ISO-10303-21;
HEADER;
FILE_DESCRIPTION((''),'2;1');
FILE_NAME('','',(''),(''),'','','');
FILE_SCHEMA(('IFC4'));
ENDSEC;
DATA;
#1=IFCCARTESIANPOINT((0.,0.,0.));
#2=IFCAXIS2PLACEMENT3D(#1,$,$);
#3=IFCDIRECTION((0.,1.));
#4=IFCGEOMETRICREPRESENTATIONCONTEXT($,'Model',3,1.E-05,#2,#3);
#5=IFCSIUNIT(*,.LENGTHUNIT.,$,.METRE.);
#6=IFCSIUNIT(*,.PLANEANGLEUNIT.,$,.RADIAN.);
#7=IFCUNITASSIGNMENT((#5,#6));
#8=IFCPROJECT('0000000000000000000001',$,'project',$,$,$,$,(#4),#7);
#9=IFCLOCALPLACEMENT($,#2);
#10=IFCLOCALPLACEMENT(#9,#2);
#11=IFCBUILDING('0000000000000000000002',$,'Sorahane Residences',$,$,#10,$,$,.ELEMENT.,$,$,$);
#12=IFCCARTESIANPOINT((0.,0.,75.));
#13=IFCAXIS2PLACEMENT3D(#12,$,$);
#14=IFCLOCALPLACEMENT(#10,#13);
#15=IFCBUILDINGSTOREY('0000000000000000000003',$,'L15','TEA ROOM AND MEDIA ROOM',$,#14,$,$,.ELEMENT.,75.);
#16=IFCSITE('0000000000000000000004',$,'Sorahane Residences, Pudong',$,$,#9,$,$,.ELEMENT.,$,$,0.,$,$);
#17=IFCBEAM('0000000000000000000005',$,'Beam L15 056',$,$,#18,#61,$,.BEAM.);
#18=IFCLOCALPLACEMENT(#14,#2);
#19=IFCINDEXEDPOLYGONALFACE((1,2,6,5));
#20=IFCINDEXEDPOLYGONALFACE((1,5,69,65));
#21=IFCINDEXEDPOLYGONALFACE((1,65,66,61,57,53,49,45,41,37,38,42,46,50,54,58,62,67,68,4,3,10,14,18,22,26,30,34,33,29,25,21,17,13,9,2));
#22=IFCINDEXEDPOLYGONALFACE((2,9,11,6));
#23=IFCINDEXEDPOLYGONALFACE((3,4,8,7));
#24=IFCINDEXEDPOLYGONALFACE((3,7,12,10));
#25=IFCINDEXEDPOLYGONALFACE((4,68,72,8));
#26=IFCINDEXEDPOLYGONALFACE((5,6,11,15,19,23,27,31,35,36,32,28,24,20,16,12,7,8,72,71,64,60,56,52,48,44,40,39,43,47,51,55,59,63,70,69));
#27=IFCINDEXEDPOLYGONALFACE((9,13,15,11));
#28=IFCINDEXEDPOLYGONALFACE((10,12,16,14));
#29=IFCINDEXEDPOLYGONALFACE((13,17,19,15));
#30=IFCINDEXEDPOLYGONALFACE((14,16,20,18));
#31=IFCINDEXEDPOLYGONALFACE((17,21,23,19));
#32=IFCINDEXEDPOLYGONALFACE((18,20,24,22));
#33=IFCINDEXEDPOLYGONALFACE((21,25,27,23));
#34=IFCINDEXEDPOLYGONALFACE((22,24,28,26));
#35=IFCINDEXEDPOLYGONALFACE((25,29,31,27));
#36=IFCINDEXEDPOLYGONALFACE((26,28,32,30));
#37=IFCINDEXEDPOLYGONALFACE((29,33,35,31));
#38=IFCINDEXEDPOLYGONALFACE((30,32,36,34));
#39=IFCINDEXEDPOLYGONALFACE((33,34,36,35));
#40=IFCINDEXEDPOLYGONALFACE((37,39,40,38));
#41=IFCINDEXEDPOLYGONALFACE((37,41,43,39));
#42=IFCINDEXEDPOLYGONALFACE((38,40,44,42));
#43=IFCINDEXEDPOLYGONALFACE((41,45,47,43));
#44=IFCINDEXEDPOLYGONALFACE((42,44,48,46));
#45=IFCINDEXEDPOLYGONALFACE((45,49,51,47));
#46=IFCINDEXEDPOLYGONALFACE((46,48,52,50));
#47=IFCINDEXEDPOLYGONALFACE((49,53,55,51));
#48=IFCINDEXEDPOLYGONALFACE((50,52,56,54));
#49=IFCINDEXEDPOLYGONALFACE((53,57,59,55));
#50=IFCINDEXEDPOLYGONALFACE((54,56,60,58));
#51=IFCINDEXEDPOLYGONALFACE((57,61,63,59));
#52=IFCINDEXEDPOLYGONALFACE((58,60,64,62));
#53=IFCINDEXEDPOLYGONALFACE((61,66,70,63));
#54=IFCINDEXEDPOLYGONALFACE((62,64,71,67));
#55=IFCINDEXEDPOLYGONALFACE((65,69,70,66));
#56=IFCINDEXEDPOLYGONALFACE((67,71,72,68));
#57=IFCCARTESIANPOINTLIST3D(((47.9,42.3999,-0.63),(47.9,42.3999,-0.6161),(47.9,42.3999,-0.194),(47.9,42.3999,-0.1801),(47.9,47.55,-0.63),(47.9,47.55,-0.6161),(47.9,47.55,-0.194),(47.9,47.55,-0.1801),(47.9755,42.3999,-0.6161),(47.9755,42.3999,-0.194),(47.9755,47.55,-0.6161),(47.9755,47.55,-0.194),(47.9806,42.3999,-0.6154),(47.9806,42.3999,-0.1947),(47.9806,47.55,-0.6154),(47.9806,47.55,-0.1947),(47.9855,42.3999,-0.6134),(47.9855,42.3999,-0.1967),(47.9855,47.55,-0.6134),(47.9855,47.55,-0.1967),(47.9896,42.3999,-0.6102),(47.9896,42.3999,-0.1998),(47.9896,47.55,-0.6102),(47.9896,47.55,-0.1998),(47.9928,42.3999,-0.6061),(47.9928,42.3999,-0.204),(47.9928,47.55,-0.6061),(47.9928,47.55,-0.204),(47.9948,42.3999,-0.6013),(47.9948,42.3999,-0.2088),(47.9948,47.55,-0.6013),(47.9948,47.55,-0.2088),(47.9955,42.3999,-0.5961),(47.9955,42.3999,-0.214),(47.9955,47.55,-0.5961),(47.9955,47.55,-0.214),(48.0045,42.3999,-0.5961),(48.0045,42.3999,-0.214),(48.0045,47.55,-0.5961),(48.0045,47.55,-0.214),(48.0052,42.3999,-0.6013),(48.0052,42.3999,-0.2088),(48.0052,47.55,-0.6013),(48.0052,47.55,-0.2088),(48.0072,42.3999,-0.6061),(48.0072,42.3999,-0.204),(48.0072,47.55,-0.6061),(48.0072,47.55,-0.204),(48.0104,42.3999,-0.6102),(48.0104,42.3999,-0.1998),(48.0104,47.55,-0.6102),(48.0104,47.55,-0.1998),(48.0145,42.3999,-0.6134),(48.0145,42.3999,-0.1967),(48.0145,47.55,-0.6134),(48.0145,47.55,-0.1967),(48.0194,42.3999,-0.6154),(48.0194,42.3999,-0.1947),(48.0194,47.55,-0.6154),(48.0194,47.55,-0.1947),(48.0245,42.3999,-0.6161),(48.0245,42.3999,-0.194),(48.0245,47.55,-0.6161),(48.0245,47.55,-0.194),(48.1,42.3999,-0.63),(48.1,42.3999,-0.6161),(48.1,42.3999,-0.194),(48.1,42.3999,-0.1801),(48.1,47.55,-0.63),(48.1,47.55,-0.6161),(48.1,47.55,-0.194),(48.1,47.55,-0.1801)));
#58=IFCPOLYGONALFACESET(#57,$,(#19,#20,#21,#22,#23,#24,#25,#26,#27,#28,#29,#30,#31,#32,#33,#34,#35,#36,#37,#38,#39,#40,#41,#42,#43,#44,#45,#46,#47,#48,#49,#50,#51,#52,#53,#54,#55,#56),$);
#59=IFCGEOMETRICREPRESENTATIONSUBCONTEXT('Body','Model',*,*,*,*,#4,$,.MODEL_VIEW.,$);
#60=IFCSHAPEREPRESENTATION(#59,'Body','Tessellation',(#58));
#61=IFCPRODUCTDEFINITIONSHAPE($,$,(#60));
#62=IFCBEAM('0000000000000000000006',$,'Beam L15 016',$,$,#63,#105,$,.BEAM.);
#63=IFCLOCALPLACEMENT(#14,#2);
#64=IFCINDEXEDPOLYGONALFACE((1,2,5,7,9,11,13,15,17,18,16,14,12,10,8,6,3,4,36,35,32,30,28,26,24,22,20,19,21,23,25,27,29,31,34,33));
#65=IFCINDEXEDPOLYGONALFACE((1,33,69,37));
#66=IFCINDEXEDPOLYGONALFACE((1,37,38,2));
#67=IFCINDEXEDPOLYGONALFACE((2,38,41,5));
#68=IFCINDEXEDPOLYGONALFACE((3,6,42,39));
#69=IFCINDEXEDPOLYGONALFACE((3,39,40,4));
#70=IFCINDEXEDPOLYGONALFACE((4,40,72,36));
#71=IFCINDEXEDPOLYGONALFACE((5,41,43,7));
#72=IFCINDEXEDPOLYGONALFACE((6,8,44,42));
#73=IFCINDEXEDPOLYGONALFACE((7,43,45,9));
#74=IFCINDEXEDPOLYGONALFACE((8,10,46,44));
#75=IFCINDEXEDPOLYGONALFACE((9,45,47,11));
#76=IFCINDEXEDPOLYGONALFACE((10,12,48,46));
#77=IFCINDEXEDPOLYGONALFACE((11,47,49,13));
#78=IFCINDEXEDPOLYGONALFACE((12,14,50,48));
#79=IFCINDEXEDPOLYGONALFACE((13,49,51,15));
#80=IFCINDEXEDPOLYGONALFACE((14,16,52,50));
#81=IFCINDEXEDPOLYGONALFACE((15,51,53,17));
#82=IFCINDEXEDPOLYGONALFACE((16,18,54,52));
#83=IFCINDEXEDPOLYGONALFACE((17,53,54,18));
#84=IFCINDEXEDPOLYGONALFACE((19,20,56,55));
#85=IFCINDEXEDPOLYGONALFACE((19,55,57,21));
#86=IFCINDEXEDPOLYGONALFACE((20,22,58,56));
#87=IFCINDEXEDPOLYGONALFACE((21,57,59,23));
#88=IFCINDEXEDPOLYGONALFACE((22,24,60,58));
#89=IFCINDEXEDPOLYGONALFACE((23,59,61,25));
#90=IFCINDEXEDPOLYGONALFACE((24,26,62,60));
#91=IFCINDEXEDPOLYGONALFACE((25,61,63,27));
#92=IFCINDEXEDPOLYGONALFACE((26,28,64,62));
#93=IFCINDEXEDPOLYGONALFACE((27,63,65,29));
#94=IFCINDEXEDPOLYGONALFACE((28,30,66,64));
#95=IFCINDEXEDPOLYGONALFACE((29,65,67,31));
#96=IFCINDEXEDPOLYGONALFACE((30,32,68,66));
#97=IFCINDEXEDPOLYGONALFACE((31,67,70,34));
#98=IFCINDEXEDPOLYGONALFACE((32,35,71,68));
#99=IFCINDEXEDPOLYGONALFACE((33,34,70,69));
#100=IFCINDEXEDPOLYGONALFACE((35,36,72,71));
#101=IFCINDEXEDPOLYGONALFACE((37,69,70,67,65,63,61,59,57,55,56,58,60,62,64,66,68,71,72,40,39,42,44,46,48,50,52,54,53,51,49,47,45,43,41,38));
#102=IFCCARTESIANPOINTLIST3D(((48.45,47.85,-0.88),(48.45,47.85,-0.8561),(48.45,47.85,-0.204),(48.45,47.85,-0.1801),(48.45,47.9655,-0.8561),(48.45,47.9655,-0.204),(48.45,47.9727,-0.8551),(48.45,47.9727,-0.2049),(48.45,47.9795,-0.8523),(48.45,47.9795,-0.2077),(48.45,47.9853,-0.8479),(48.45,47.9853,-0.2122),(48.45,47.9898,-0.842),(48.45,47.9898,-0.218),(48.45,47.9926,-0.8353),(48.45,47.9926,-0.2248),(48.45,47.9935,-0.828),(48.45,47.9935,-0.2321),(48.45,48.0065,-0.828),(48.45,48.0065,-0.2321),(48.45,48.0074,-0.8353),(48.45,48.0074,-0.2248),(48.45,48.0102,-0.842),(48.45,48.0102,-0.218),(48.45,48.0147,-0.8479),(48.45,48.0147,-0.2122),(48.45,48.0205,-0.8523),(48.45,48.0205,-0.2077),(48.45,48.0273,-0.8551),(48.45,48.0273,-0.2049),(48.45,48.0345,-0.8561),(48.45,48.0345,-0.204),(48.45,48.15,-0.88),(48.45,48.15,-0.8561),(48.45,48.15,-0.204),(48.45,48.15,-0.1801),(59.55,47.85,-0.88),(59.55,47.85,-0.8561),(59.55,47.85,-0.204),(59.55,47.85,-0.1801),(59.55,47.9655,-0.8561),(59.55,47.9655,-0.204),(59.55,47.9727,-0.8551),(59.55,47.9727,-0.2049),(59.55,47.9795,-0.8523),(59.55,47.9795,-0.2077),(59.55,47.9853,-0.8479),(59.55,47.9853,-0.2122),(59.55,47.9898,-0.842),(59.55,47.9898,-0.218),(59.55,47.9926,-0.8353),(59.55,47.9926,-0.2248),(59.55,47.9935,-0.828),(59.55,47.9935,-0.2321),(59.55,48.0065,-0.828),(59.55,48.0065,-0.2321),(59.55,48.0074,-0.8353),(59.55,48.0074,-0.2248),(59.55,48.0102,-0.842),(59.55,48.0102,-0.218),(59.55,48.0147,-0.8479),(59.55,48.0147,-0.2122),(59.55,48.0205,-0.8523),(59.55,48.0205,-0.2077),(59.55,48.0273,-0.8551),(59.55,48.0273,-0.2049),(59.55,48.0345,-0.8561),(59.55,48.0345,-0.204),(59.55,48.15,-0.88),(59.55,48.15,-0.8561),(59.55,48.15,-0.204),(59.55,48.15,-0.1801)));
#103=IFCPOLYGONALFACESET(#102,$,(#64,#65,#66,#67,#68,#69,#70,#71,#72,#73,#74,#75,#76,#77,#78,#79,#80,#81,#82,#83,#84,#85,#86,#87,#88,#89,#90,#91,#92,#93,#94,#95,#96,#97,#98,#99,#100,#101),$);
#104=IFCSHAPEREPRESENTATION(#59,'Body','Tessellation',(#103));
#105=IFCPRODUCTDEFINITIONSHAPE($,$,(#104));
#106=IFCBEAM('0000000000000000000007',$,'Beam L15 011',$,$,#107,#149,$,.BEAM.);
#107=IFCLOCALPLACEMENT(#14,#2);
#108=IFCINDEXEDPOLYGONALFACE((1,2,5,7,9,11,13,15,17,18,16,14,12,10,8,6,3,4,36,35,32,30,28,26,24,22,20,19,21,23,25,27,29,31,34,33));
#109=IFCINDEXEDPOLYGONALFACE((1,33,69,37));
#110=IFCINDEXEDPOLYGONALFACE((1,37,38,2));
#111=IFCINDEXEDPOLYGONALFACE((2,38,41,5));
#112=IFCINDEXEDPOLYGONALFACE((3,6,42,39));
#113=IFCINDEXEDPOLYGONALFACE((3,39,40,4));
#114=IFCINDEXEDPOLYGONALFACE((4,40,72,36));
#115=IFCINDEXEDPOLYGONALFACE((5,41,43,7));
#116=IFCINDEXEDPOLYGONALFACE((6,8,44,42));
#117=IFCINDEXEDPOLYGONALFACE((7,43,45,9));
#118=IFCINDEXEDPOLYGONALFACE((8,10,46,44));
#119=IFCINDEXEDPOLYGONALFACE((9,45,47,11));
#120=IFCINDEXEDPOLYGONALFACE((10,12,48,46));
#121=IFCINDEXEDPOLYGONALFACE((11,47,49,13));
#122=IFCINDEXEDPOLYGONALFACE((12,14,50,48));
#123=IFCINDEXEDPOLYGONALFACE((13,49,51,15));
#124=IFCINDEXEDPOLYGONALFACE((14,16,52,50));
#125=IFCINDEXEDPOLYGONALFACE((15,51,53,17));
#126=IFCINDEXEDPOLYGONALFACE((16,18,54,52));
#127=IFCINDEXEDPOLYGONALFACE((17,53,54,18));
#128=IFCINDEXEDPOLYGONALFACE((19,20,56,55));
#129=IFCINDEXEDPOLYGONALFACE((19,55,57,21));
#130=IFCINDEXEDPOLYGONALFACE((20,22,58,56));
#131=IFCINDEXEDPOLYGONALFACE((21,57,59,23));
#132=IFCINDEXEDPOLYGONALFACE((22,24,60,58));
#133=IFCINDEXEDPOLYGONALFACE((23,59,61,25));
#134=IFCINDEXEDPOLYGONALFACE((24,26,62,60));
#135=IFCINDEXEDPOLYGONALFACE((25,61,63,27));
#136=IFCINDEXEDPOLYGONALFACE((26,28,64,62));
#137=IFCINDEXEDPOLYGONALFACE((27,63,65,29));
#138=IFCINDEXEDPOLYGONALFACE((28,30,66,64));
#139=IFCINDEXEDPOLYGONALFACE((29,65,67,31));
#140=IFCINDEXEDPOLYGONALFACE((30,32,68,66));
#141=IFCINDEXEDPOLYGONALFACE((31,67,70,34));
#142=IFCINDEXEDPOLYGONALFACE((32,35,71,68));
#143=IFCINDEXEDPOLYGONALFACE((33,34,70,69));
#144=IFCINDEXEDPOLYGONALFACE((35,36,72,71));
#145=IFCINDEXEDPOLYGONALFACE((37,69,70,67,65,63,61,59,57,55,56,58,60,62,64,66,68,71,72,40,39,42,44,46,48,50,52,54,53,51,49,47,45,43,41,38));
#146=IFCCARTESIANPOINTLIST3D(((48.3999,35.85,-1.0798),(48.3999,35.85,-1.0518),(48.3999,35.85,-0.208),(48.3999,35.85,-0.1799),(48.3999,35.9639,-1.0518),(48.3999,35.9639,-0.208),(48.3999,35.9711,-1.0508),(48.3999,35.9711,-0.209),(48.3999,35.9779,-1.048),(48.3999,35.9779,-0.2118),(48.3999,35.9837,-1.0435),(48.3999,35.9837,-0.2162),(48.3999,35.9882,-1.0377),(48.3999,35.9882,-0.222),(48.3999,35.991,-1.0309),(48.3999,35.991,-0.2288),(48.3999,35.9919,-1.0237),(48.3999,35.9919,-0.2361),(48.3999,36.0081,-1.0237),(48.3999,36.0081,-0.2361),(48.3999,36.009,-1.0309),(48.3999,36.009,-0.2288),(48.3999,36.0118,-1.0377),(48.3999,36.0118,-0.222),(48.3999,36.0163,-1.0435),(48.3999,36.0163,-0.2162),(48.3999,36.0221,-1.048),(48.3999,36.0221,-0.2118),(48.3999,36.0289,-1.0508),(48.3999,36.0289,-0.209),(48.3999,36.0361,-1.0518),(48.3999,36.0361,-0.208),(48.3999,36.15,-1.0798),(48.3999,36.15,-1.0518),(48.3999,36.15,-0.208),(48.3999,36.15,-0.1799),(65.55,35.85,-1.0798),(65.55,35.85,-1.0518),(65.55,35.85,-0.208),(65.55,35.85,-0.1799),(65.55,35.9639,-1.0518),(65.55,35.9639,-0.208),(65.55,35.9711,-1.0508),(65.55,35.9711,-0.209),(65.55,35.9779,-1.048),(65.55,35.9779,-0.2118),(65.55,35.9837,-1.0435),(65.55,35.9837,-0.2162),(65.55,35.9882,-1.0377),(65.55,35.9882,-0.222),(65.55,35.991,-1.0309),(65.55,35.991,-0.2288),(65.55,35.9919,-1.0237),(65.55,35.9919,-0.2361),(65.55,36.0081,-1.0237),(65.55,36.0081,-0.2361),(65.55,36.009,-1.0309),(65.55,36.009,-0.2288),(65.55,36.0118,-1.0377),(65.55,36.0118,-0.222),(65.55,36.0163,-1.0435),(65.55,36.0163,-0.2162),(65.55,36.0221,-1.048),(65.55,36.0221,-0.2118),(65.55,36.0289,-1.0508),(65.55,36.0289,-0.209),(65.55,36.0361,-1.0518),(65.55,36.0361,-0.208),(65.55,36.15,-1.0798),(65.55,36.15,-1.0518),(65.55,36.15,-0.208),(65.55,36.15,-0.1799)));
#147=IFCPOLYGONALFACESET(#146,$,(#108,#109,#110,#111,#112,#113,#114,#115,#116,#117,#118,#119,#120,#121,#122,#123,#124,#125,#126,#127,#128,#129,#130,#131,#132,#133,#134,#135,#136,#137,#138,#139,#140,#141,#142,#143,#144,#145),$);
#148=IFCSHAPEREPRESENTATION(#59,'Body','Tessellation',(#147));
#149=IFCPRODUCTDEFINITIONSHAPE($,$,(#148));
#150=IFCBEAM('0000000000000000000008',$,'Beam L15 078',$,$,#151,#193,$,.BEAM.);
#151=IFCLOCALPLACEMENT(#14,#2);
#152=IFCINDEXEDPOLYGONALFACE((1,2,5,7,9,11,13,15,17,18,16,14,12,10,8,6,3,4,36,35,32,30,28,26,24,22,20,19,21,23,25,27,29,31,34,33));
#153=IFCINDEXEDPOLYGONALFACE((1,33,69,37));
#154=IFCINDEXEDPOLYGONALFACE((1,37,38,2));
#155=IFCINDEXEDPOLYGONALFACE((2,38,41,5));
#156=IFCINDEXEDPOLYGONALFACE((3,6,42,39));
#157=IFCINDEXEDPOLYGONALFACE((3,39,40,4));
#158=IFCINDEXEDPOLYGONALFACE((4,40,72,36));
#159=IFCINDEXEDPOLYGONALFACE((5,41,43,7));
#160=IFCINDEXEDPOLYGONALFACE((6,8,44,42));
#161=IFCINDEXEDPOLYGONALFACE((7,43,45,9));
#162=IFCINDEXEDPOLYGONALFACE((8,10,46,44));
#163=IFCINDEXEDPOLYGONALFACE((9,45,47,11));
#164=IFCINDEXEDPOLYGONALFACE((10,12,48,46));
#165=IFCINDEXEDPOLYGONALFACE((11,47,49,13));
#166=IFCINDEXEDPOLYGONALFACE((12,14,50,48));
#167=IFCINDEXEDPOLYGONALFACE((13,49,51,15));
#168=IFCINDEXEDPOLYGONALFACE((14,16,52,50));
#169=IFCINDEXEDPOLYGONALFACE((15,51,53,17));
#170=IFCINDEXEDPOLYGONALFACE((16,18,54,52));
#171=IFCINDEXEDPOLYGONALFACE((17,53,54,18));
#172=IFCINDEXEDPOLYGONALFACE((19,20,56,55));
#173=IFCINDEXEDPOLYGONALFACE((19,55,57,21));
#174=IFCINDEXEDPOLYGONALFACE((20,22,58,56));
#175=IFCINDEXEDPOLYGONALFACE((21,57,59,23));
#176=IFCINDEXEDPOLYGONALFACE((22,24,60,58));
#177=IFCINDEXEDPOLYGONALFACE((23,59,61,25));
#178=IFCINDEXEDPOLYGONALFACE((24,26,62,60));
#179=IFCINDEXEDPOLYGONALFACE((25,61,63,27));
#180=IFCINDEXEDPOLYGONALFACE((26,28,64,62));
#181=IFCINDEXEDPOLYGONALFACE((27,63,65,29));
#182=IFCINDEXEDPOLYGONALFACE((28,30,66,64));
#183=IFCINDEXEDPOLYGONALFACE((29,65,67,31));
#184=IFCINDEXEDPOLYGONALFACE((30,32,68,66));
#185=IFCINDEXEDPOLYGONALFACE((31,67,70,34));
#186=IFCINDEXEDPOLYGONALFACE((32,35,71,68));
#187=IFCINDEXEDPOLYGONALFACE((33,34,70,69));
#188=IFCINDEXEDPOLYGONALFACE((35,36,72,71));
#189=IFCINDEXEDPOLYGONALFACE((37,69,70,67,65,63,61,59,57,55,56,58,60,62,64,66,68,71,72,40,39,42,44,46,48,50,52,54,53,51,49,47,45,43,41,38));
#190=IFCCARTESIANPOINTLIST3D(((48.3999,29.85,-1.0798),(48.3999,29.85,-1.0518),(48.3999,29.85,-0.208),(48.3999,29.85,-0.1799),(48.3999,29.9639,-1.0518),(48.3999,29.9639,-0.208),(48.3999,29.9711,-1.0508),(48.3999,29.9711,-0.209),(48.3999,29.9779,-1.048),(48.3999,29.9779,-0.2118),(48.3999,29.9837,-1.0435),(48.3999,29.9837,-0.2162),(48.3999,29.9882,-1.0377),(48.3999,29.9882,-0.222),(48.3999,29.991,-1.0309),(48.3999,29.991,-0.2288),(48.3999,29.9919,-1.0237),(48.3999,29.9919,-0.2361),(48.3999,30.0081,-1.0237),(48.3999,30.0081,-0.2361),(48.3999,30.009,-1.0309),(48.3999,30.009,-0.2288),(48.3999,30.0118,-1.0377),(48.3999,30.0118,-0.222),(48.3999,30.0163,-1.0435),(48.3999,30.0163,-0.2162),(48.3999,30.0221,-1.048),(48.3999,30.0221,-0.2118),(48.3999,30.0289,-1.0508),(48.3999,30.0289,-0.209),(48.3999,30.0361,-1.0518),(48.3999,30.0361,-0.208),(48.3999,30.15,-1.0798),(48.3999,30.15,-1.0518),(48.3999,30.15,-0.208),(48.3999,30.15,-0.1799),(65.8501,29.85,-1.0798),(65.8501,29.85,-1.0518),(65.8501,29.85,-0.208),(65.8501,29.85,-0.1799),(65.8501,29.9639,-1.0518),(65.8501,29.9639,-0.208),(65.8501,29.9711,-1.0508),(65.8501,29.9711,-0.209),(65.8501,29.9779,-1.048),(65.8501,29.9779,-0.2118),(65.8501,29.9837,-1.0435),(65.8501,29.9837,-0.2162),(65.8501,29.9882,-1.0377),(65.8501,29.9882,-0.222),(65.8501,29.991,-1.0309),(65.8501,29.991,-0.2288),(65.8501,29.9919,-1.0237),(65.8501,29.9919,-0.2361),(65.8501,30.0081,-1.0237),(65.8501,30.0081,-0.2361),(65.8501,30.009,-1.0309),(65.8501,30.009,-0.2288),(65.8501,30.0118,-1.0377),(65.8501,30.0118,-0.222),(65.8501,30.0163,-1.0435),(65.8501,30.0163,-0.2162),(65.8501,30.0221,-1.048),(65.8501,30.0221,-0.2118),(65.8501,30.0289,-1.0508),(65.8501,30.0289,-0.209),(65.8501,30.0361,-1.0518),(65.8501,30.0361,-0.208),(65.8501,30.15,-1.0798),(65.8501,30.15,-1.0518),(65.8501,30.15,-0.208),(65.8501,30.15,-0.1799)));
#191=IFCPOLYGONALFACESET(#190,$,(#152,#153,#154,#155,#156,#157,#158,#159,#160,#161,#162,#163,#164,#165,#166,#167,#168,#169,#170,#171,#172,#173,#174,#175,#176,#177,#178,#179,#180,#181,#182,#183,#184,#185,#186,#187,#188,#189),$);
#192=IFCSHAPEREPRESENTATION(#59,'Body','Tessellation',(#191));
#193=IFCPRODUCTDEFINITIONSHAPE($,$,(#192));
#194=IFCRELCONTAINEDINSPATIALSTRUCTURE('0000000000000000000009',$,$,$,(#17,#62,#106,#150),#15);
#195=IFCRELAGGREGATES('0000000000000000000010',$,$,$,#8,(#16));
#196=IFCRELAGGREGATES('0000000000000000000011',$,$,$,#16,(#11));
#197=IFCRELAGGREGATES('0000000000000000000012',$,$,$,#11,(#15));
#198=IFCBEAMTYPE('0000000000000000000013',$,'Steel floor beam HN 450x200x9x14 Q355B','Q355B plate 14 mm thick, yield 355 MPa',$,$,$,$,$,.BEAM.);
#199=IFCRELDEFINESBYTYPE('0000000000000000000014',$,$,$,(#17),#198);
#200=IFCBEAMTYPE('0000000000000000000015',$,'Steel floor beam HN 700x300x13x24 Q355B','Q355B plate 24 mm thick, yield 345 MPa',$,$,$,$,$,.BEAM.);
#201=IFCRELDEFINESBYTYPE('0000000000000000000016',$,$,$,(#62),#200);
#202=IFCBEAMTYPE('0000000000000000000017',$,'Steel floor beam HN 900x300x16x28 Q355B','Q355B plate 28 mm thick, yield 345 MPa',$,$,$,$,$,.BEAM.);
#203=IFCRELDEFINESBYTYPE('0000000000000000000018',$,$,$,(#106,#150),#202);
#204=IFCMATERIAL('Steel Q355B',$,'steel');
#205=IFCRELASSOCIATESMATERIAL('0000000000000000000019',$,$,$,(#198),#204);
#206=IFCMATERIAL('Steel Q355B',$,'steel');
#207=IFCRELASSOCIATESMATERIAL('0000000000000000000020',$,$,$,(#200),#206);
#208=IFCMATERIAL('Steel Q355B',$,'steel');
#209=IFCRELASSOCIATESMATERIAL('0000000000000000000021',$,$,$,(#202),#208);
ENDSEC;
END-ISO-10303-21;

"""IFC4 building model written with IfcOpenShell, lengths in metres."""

from ifc_helpers import new_model, si_unit, direction, frame, origin, origin_2d, place, context, subcontext, project, spatial, i_section, extrude, material, material_profile, profile_set, type_object, element, save


model = new_model("IFC4")

# Units and contexts
model_context = context("Model", 3, precision=1e-05, world=origin(), true_north=direction((0.0, 1.0)))
body_context = subcontext(model_context, "Body", "Model", "MODEL_VIEW")
ifc_project = project(units=[si_unit("LENGTHUNIT", "METRE"), si_unit("PLANEANGLEUNIT", "RADIAN")], contexts=[model_context])

# Site, building, storey
site_placement = place(None, origin())
site = spatial("IfcSite", under=ifc_project, at=site_placement, Name="Sorahane Residences, Pudong", CompositionType="ELEMENT", RefElevation=0.0)
building_placement = place(site_placement, origin())
building = spatial("IfcBuilding", under=site, at=building_placement, Name="Sorahane Residences", CompositionType="ELEMENT")
storey_placement = place(building_placement, frame((0.0, 0.0, 75.0)))
storey = spatial("IfcBuildingStorey", under=building, at=storey_placement, Name="L15", Description="TEA ROOM AND MEDIA ROOM", CompositionType="ELEMENT", Elevation=75.0)

# Beams
ifc_material_1 = material(Name="Steel Q355B", Category="steel")
ifc_material_profile_1 = material_profile(ifc_material_1, i_section(OverallWidth=0.2, OverallDepth=0.45, WebThickness=0.009, FlangeThickness=0.0139, FilletRadius=0.02, at=origin_2d()), Name="HN 450x200x9x14")
ifc_profile_set_1 = profile_set([ifc_material_profile_1], Name="Steel Q355B")
beam_type_1 = type_object("IfcBeamType", Name="Steel floor beam HN 450x200x9x14 Q355B", Description="Q355B plate 14 mm thick, yield 355 MPa", PredefinedType="BEAM", material=ifc_profile_set_1)
beam_1_placement = place(storey_placement, frame((48.0, 42.3999, -0.405), z_axis=(0.0, 1.0, 0.0), x_axis=(-1.0, 0.0, 0.0)))
element("IfcBeam", 1, at=beam_1_placement, inside=storey, type_object=beam_type_1, Name="Beam L15 056", PredefinedType="BEAM", context=body_context, shape_type="SweptSolid", body=[
    extrude(i_section(OverallWidth=0.2, OverallDepth=0.45, WebThickness=0.009, FlangeThickness=0.0139, FilletRadius=0.02, at=origin_2d()), origin(), (0.0, 0.0, 1.0), 5.1501),
])
ifc_material_2 = material(Name="Steel Q355B", Category="steel")
ifc_material_profile_2 = material_profile(ifc_material_2, i_section(OverallWidth=0.3, OverallDepth=0.7, WebThickness=0.0129, FlangeThickness=0.0239, FilletRadius=0.0281, at=origin_2d()), Name="HN 700x300x13x24")
ifc_profile_set_2 = profile_set([ifc_material_profile_2], Name="Steel Q355B")
beam_type_2 = type_object("IfcBeamType", Name="Steel floor beam HN 700x300x13x24 Q355B", Description="Q355B plate 24 mm thick, yield 345 MPa", PredefinedType="BEAM", material=ifc_profile_set_2)
beam_2_placement = place(storey_placement, frame((48.45, 48.0, -0.53), z_axis=(1.0, 0.0, 0.0), x_axis=(0.0, 1.0, 0.0)))
element("IfcBeam", 2, at=beam_2_placement, inside=storey, type_object=beam_type_2, Name="Beam L15 016", PredefinedType="BEAM", context=body_context, shape_type="SweptSolid", body=[
    extrude(i_section(OverallWidth=0.3, OverallDepth=0.7, WebThickness=0.0129, FlangeThickness=0.0239, FilletRadius=0.0281, at=origin_2d()), origin(), (0.0, 0.0, 1.0), 11.1001),
])
ifc_material_3 = material(Name="Steel Q355B", Category="steel")
ifc_material_profile_3 = material_profile(ifc_material_3, i_section(OverallWidth=0.3, OverallDepth=0.8999, WebThickness=0.0161, FlangeThickness=0.0281, FilletRadius=0.0281, at=origin_2d()), Name="HN 900x300x16x28")
ifc_profile_set_3 = profile_set([ifc_material_profile_3], Name="Steel Q355B")
beam_type_3 = type_object("IfcBeamType", Name="Steel floor beam HN 900x300x16x28 Q355B", Description="Q355B plate 28 mm thick, yield 345 MPa", PredefinedType="BEAM", material=ifc_profile_set_3)
beam_3_placement = place(storey_placement, frame((48.3999, 36.0, -0.6299), z_axis=(1.0, 0.0, 0.0), x_axis=(0.0, 1.0, 0.0)))
element("IfcBeam", 3, at=beam_3_placement, inside=storey, type_object=beam_type_3, Name="Beam L15 011", PredefinedType="BEAM", context=body_context, shape_type="SweptSolid", body=[
    extrude(i_section(OverallWidth=0.3, OverallDepth=0.8999, WebThickness=0.0161, FlangeThickness=0.0281, FilletRadius=0.0281, at=origin_2d()), origin(), (0.0, 0.0, 1.0), 17.1501),
])
beam_4_placement = place(storey_placement, frame((48.3999, 30.0, -0.6299), z_axis=(1.0, 0.0, 0.0), x_axis=(0.0, 1.0, 0.0)))
element("IfcBeam", 4, at=beam_4_placement, inside=storey, type_object=beam_type_3, Name="Beam L15 078", PredefinedType="BEAM", context=body_context, shape_type="SweptSolid", body=[
    extrude(i_section(OverallWidth=0.3, OverallDepth=0.8999, WebThickness=0.0161, FlangeThickness=0.0281, FilletRadius=0.0281, at=origin_2d()), origin(), (0.0, 0.0, 1.0), 17.4502),
])

save(model, "model.ifc")
